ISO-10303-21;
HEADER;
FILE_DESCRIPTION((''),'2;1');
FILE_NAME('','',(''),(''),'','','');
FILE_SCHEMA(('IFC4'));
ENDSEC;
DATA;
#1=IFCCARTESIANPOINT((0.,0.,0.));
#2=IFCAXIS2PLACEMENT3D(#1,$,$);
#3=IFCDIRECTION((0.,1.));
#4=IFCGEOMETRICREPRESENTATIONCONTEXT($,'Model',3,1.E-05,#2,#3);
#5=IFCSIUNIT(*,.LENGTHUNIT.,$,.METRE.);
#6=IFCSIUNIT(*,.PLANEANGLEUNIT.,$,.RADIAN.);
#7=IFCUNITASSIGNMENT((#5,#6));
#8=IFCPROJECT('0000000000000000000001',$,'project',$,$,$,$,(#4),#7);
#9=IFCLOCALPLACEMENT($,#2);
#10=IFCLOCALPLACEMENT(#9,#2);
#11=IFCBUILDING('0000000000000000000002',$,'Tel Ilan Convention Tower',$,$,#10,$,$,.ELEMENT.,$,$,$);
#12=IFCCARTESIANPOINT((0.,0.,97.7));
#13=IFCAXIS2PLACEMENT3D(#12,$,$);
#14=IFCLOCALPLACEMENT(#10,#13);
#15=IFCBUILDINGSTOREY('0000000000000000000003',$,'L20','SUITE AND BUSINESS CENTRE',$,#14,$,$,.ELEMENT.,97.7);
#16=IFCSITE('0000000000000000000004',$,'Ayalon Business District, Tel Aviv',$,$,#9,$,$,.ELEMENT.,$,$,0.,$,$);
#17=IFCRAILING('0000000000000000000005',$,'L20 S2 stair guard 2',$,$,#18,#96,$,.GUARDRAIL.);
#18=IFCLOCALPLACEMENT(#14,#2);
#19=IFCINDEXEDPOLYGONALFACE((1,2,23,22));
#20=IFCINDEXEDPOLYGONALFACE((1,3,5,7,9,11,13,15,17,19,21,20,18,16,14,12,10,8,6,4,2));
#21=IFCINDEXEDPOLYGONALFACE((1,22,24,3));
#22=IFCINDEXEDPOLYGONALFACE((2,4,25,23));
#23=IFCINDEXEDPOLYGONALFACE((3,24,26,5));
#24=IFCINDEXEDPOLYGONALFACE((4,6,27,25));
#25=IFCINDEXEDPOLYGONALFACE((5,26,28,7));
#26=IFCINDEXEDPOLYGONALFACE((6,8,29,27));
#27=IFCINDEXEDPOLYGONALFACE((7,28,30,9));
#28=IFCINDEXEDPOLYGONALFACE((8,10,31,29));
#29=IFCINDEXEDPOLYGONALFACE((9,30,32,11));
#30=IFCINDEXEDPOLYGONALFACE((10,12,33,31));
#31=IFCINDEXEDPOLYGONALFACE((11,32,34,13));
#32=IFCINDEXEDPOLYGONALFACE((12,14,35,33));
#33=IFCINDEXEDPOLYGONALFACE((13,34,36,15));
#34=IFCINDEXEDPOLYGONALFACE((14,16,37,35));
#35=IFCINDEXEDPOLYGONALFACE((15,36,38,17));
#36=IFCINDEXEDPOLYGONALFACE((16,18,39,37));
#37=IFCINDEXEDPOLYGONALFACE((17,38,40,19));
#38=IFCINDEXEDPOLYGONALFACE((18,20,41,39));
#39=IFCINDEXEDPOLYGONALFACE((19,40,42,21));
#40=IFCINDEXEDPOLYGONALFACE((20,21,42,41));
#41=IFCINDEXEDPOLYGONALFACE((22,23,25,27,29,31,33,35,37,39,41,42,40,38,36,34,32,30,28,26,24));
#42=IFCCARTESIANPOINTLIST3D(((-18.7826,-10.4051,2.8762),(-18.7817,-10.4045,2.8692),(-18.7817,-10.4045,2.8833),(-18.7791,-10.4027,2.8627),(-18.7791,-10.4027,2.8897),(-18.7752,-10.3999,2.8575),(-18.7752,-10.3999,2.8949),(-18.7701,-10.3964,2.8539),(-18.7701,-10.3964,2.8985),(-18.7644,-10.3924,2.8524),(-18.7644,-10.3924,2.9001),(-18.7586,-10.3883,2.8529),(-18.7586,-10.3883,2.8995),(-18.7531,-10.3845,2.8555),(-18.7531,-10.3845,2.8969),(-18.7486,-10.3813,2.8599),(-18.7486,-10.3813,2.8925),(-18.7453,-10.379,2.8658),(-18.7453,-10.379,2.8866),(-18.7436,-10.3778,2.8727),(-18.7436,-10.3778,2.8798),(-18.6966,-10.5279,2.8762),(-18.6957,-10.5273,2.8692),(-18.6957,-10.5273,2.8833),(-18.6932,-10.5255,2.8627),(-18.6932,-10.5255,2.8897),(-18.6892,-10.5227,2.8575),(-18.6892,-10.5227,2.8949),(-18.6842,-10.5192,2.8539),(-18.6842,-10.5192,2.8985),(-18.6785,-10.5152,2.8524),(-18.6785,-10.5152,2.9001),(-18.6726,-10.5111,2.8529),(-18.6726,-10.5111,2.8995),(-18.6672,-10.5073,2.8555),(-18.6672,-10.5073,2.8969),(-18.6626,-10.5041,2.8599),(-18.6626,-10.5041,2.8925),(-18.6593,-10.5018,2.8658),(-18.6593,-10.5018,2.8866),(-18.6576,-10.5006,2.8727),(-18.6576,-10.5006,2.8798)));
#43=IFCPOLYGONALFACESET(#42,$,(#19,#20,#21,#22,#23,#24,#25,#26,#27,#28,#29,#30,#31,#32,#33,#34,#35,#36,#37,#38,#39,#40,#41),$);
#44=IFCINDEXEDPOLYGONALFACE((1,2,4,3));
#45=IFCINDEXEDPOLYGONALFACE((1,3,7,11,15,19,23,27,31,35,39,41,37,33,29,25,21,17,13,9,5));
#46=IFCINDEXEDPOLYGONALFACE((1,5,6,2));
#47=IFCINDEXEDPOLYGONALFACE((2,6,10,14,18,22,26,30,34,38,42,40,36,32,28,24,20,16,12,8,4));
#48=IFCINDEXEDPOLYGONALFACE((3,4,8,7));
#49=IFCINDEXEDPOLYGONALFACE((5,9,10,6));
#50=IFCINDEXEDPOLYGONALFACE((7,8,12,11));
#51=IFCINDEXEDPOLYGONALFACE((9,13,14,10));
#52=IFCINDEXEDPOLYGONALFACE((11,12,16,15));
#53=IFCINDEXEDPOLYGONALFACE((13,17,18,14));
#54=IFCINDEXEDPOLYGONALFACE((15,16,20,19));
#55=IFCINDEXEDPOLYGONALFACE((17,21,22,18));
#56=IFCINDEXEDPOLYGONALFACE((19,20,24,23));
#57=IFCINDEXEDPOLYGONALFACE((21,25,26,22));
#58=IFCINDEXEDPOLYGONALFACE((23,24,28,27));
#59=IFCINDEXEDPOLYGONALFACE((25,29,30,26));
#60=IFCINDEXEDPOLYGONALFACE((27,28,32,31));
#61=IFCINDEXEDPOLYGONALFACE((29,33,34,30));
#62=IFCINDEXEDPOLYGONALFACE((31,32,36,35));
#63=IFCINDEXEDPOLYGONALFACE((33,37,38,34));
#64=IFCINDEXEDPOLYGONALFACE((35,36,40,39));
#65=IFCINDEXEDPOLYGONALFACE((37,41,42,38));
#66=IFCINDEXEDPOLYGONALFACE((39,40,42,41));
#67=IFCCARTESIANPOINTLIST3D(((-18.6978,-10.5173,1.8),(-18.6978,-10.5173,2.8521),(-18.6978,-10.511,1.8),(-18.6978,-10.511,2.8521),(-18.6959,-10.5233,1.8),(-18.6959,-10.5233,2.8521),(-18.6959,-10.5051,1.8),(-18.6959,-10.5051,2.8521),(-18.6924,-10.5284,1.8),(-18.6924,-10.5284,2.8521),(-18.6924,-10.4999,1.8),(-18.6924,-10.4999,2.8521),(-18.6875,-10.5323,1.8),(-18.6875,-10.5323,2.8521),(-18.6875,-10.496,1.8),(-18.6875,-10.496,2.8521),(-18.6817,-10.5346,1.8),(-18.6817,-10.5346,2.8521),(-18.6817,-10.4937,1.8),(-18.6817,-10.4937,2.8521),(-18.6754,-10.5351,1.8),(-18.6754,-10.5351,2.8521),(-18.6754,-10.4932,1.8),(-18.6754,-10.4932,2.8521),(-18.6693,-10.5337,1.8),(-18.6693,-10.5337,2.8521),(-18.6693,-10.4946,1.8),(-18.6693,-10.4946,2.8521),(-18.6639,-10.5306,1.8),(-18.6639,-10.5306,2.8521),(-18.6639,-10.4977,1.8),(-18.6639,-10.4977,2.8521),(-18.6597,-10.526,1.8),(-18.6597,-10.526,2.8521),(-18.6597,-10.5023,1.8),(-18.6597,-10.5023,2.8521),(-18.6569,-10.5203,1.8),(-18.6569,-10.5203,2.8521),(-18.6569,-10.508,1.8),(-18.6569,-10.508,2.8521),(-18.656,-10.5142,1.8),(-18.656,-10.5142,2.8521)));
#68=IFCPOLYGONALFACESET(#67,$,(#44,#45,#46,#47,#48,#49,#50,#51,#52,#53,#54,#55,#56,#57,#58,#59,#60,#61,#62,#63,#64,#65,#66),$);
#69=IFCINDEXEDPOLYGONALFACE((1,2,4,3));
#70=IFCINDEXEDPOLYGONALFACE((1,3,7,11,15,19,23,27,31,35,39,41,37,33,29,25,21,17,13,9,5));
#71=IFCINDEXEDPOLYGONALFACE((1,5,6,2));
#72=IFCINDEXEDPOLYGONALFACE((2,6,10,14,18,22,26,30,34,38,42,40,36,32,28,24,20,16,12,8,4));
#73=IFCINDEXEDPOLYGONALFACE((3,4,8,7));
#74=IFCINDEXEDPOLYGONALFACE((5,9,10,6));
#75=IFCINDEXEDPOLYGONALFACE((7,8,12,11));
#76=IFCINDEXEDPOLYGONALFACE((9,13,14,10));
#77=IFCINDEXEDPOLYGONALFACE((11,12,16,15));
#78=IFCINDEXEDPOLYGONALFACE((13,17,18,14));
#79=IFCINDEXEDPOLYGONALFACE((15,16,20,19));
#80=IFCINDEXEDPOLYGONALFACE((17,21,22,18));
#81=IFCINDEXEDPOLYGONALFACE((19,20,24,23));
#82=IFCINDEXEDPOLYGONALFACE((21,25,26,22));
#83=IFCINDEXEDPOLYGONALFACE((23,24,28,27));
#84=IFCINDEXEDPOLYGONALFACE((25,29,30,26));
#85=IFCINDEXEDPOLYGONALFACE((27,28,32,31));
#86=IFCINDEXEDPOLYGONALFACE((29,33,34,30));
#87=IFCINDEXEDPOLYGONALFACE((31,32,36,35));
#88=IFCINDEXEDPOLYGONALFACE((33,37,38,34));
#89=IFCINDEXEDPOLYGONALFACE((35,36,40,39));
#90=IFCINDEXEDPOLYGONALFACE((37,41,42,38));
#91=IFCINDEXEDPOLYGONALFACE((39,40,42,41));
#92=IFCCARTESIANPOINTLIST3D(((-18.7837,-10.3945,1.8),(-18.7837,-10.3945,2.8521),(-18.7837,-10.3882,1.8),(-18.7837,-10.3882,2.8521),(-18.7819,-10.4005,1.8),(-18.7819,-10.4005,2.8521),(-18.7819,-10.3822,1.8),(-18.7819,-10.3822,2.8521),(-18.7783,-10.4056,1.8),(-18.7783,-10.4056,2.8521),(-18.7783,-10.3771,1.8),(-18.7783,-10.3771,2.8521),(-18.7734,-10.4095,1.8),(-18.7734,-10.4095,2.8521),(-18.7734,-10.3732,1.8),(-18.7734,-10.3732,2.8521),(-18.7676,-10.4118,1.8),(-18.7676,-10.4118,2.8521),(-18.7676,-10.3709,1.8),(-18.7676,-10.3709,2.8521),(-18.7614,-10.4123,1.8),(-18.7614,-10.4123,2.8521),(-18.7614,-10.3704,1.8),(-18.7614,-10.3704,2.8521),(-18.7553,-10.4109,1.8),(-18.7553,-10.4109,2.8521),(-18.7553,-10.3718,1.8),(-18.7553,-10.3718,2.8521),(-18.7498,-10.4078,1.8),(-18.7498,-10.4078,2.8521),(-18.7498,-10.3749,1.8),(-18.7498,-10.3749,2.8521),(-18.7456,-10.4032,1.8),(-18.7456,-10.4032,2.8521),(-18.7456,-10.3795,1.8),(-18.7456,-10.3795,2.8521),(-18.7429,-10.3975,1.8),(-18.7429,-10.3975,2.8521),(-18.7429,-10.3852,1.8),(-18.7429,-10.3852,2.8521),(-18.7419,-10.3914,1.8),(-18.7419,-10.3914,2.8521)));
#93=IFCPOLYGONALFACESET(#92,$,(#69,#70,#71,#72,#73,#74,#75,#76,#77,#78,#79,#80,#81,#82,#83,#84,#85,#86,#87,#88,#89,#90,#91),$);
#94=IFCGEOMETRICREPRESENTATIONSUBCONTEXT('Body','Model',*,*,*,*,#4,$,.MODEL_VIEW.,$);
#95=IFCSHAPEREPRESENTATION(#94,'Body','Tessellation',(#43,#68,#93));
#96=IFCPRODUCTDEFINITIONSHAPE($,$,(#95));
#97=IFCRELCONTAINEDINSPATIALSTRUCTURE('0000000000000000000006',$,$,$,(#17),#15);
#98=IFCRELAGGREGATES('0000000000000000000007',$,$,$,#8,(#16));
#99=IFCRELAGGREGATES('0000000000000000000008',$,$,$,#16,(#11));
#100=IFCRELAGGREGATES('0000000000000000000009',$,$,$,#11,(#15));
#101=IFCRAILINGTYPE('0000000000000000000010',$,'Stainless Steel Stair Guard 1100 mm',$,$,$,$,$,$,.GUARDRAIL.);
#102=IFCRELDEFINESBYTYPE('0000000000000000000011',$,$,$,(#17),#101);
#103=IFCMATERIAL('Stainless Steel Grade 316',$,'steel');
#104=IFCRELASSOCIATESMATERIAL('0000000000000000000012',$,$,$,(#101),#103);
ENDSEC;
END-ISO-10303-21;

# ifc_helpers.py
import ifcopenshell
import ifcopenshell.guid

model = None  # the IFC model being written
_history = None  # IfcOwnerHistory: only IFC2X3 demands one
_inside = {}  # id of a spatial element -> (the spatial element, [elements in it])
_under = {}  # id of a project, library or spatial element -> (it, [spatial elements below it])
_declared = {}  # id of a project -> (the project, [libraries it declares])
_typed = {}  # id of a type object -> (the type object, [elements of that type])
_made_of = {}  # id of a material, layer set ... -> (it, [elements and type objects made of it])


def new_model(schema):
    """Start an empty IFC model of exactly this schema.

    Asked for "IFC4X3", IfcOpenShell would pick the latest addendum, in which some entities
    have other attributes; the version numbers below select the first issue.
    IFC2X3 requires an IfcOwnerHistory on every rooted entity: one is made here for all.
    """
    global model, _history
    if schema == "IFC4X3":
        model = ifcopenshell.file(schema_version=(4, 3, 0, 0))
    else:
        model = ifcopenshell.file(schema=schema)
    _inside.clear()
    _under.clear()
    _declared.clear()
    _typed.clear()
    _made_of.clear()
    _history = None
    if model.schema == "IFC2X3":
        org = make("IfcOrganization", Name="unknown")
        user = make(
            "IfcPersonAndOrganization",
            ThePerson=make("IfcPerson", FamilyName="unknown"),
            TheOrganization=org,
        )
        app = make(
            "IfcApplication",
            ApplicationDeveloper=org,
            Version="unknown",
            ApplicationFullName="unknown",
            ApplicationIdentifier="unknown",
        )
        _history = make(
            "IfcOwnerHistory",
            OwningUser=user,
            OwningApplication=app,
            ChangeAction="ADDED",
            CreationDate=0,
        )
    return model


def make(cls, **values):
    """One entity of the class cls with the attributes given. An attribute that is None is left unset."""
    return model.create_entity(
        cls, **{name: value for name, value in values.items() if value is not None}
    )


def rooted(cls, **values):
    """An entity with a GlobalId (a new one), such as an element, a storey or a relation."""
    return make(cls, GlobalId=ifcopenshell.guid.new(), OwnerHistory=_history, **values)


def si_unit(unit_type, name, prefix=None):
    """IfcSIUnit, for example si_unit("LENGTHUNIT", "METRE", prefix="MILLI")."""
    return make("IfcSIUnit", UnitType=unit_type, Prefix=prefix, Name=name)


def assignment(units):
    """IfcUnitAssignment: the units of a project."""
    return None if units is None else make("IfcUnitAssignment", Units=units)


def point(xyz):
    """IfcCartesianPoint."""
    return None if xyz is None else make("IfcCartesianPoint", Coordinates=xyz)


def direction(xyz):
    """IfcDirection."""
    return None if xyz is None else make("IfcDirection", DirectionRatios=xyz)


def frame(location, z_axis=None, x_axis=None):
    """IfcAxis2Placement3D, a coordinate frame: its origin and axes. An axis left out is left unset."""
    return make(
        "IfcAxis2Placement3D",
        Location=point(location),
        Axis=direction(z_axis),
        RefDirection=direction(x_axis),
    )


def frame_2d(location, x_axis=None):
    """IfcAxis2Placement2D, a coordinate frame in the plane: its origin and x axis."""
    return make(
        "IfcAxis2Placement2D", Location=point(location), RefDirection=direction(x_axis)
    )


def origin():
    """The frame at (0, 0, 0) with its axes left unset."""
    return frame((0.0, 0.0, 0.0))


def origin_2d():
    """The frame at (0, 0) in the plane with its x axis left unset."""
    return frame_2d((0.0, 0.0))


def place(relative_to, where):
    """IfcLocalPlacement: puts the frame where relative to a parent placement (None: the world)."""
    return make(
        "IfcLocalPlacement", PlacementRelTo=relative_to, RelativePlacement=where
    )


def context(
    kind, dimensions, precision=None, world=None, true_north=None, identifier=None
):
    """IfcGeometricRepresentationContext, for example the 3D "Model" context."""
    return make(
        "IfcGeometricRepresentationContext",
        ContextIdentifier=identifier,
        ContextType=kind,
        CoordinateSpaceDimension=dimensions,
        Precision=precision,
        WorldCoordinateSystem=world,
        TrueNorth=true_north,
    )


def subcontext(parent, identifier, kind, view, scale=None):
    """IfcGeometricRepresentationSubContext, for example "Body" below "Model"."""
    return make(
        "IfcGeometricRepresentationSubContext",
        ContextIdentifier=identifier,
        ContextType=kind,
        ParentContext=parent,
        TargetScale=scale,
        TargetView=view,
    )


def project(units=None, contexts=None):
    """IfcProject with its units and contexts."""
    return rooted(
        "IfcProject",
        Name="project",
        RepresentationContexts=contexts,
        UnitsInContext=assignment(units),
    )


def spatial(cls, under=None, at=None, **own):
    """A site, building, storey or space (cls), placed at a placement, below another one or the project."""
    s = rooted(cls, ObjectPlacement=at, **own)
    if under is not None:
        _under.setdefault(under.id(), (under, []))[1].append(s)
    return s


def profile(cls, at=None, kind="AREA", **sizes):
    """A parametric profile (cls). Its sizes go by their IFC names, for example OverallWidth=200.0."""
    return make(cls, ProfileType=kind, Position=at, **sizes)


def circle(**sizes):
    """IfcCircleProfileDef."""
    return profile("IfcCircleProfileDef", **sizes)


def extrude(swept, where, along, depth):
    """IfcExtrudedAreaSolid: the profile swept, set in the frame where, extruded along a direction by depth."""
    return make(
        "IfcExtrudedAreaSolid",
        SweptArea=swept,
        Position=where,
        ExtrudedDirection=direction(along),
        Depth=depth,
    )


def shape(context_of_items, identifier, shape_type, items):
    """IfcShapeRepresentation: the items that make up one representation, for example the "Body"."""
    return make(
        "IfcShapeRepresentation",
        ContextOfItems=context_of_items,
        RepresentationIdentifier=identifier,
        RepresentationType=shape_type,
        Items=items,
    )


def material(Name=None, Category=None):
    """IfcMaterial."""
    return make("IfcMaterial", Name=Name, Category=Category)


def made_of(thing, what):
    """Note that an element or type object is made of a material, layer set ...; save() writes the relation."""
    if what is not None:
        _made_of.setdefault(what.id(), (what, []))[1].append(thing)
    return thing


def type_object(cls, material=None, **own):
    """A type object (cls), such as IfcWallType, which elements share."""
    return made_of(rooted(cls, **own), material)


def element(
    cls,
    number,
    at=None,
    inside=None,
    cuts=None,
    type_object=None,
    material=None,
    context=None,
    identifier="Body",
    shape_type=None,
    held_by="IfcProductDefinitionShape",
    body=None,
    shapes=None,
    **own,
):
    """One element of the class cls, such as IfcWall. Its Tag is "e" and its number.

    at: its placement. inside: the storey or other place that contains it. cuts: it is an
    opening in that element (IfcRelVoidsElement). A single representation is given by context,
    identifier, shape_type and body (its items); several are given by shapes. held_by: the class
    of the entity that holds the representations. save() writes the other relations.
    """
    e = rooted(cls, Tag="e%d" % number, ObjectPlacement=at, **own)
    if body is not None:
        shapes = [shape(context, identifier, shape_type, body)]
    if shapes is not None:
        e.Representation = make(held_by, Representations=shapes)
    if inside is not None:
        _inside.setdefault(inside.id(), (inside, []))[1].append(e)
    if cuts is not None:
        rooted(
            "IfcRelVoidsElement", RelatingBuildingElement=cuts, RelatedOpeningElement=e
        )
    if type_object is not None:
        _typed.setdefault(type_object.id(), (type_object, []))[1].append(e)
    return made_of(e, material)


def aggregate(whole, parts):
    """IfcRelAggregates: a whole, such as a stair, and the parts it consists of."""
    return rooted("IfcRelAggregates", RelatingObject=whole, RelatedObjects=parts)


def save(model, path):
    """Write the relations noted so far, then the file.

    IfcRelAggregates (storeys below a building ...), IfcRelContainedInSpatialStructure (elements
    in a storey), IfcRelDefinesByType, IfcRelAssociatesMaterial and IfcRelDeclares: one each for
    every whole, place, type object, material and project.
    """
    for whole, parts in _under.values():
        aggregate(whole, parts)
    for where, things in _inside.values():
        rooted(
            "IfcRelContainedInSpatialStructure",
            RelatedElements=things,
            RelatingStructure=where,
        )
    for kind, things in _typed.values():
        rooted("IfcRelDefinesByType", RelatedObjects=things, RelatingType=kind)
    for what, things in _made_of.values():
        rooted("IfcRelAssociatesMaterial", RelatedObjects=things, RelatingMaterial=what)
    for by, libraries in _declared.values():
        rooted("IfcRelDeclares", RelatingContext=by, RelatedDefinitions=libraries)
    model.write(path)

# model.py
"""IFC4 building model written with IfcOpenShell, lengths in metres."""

from ifc_helpers import new_model, si_unit, direction, frame, origin, origin_2d, place, context, subcontext, project, spatial, circle, extrude, material, type_object, element, save


model = new_model("IFC4")

# Units and contexts
model_context = context("Model", 3, precision=1e-05, world=origin(), true_north=direction((0.0, 1.0)))
body_context = subcontext(model_context, "Body", "Model", "MODEL_VIEW")
ifc_project = project(units=[si_unit("LENGTHUNIT", "METRE"), si_unit("PLANEANGLEUNIT", "RADIAN")], contexts=[model_context])

# Site, building, storey
site_placement = place(None, origin())
site = spatial("IfcSite", under=ifc_project, at=site_placement, Name="Ayalon Business District, Tel Aviv", CompositionType="ELEMENT", RefElevation=0.0)
building_placement = place(site_placement, origin())
building = spatial("IfcBuilding", under=site, at=building_placement, Name="Tel Ilan Convention Tower", CompositionType="ELEMENT")
storey_placement = place(building_placement, frame((0.0, 0.0, 97.7)))
storey = spatial("IfcBuildingStorey", under=building, at=storey_placement, Name="L20", Description="SUITE AND BUSINESS CENTRE", CompositionType="ELEMENT", Elevation=97.7)

# Railing
ifc_material_1 = material(Name="Stainless Steel Grade 316", Category="steel")
railing_type_1 = type_object("IfcRailingType", Name="Stainless Steel Stair Guard 1100 mm", PredefinedType="GUARDRAIL", material=ifc_material_1)
railing_1_placement = place(storey_placement, frame((-18.677, -10.5142, 1.8)))
element("IfcRailing", 1, at=railing_1_placement, inside=storey, type_object=railing_type_1, Name="L20 S2 stair guard 2", PredefinedType="GUARDRAIL", context=body_context, shape_type="SweptSolid", body=[
    extrude(circle(Radius=0.0239, at=origin_2d()), frame((0.0, 0.0, 1.0762), z_axis=(-0.573353, 0.819308, 0.0), x_axis=(-0.819308, -0.573353, 0.0)), (0.0, 0.0, 1.0), 0.1499),
    extrude(circle(Radius=0.021, at=origin_2d()), origin(), (0.0, 0.0, 1.0), 1.052),
    extrude(circle(Radius=0.021, at=origin_2d()), frame((-0.0859, 0.1228, 0.0)), (0.0, 0.0, 1.0), 1.052),
])

save(model, "model.ifc")
